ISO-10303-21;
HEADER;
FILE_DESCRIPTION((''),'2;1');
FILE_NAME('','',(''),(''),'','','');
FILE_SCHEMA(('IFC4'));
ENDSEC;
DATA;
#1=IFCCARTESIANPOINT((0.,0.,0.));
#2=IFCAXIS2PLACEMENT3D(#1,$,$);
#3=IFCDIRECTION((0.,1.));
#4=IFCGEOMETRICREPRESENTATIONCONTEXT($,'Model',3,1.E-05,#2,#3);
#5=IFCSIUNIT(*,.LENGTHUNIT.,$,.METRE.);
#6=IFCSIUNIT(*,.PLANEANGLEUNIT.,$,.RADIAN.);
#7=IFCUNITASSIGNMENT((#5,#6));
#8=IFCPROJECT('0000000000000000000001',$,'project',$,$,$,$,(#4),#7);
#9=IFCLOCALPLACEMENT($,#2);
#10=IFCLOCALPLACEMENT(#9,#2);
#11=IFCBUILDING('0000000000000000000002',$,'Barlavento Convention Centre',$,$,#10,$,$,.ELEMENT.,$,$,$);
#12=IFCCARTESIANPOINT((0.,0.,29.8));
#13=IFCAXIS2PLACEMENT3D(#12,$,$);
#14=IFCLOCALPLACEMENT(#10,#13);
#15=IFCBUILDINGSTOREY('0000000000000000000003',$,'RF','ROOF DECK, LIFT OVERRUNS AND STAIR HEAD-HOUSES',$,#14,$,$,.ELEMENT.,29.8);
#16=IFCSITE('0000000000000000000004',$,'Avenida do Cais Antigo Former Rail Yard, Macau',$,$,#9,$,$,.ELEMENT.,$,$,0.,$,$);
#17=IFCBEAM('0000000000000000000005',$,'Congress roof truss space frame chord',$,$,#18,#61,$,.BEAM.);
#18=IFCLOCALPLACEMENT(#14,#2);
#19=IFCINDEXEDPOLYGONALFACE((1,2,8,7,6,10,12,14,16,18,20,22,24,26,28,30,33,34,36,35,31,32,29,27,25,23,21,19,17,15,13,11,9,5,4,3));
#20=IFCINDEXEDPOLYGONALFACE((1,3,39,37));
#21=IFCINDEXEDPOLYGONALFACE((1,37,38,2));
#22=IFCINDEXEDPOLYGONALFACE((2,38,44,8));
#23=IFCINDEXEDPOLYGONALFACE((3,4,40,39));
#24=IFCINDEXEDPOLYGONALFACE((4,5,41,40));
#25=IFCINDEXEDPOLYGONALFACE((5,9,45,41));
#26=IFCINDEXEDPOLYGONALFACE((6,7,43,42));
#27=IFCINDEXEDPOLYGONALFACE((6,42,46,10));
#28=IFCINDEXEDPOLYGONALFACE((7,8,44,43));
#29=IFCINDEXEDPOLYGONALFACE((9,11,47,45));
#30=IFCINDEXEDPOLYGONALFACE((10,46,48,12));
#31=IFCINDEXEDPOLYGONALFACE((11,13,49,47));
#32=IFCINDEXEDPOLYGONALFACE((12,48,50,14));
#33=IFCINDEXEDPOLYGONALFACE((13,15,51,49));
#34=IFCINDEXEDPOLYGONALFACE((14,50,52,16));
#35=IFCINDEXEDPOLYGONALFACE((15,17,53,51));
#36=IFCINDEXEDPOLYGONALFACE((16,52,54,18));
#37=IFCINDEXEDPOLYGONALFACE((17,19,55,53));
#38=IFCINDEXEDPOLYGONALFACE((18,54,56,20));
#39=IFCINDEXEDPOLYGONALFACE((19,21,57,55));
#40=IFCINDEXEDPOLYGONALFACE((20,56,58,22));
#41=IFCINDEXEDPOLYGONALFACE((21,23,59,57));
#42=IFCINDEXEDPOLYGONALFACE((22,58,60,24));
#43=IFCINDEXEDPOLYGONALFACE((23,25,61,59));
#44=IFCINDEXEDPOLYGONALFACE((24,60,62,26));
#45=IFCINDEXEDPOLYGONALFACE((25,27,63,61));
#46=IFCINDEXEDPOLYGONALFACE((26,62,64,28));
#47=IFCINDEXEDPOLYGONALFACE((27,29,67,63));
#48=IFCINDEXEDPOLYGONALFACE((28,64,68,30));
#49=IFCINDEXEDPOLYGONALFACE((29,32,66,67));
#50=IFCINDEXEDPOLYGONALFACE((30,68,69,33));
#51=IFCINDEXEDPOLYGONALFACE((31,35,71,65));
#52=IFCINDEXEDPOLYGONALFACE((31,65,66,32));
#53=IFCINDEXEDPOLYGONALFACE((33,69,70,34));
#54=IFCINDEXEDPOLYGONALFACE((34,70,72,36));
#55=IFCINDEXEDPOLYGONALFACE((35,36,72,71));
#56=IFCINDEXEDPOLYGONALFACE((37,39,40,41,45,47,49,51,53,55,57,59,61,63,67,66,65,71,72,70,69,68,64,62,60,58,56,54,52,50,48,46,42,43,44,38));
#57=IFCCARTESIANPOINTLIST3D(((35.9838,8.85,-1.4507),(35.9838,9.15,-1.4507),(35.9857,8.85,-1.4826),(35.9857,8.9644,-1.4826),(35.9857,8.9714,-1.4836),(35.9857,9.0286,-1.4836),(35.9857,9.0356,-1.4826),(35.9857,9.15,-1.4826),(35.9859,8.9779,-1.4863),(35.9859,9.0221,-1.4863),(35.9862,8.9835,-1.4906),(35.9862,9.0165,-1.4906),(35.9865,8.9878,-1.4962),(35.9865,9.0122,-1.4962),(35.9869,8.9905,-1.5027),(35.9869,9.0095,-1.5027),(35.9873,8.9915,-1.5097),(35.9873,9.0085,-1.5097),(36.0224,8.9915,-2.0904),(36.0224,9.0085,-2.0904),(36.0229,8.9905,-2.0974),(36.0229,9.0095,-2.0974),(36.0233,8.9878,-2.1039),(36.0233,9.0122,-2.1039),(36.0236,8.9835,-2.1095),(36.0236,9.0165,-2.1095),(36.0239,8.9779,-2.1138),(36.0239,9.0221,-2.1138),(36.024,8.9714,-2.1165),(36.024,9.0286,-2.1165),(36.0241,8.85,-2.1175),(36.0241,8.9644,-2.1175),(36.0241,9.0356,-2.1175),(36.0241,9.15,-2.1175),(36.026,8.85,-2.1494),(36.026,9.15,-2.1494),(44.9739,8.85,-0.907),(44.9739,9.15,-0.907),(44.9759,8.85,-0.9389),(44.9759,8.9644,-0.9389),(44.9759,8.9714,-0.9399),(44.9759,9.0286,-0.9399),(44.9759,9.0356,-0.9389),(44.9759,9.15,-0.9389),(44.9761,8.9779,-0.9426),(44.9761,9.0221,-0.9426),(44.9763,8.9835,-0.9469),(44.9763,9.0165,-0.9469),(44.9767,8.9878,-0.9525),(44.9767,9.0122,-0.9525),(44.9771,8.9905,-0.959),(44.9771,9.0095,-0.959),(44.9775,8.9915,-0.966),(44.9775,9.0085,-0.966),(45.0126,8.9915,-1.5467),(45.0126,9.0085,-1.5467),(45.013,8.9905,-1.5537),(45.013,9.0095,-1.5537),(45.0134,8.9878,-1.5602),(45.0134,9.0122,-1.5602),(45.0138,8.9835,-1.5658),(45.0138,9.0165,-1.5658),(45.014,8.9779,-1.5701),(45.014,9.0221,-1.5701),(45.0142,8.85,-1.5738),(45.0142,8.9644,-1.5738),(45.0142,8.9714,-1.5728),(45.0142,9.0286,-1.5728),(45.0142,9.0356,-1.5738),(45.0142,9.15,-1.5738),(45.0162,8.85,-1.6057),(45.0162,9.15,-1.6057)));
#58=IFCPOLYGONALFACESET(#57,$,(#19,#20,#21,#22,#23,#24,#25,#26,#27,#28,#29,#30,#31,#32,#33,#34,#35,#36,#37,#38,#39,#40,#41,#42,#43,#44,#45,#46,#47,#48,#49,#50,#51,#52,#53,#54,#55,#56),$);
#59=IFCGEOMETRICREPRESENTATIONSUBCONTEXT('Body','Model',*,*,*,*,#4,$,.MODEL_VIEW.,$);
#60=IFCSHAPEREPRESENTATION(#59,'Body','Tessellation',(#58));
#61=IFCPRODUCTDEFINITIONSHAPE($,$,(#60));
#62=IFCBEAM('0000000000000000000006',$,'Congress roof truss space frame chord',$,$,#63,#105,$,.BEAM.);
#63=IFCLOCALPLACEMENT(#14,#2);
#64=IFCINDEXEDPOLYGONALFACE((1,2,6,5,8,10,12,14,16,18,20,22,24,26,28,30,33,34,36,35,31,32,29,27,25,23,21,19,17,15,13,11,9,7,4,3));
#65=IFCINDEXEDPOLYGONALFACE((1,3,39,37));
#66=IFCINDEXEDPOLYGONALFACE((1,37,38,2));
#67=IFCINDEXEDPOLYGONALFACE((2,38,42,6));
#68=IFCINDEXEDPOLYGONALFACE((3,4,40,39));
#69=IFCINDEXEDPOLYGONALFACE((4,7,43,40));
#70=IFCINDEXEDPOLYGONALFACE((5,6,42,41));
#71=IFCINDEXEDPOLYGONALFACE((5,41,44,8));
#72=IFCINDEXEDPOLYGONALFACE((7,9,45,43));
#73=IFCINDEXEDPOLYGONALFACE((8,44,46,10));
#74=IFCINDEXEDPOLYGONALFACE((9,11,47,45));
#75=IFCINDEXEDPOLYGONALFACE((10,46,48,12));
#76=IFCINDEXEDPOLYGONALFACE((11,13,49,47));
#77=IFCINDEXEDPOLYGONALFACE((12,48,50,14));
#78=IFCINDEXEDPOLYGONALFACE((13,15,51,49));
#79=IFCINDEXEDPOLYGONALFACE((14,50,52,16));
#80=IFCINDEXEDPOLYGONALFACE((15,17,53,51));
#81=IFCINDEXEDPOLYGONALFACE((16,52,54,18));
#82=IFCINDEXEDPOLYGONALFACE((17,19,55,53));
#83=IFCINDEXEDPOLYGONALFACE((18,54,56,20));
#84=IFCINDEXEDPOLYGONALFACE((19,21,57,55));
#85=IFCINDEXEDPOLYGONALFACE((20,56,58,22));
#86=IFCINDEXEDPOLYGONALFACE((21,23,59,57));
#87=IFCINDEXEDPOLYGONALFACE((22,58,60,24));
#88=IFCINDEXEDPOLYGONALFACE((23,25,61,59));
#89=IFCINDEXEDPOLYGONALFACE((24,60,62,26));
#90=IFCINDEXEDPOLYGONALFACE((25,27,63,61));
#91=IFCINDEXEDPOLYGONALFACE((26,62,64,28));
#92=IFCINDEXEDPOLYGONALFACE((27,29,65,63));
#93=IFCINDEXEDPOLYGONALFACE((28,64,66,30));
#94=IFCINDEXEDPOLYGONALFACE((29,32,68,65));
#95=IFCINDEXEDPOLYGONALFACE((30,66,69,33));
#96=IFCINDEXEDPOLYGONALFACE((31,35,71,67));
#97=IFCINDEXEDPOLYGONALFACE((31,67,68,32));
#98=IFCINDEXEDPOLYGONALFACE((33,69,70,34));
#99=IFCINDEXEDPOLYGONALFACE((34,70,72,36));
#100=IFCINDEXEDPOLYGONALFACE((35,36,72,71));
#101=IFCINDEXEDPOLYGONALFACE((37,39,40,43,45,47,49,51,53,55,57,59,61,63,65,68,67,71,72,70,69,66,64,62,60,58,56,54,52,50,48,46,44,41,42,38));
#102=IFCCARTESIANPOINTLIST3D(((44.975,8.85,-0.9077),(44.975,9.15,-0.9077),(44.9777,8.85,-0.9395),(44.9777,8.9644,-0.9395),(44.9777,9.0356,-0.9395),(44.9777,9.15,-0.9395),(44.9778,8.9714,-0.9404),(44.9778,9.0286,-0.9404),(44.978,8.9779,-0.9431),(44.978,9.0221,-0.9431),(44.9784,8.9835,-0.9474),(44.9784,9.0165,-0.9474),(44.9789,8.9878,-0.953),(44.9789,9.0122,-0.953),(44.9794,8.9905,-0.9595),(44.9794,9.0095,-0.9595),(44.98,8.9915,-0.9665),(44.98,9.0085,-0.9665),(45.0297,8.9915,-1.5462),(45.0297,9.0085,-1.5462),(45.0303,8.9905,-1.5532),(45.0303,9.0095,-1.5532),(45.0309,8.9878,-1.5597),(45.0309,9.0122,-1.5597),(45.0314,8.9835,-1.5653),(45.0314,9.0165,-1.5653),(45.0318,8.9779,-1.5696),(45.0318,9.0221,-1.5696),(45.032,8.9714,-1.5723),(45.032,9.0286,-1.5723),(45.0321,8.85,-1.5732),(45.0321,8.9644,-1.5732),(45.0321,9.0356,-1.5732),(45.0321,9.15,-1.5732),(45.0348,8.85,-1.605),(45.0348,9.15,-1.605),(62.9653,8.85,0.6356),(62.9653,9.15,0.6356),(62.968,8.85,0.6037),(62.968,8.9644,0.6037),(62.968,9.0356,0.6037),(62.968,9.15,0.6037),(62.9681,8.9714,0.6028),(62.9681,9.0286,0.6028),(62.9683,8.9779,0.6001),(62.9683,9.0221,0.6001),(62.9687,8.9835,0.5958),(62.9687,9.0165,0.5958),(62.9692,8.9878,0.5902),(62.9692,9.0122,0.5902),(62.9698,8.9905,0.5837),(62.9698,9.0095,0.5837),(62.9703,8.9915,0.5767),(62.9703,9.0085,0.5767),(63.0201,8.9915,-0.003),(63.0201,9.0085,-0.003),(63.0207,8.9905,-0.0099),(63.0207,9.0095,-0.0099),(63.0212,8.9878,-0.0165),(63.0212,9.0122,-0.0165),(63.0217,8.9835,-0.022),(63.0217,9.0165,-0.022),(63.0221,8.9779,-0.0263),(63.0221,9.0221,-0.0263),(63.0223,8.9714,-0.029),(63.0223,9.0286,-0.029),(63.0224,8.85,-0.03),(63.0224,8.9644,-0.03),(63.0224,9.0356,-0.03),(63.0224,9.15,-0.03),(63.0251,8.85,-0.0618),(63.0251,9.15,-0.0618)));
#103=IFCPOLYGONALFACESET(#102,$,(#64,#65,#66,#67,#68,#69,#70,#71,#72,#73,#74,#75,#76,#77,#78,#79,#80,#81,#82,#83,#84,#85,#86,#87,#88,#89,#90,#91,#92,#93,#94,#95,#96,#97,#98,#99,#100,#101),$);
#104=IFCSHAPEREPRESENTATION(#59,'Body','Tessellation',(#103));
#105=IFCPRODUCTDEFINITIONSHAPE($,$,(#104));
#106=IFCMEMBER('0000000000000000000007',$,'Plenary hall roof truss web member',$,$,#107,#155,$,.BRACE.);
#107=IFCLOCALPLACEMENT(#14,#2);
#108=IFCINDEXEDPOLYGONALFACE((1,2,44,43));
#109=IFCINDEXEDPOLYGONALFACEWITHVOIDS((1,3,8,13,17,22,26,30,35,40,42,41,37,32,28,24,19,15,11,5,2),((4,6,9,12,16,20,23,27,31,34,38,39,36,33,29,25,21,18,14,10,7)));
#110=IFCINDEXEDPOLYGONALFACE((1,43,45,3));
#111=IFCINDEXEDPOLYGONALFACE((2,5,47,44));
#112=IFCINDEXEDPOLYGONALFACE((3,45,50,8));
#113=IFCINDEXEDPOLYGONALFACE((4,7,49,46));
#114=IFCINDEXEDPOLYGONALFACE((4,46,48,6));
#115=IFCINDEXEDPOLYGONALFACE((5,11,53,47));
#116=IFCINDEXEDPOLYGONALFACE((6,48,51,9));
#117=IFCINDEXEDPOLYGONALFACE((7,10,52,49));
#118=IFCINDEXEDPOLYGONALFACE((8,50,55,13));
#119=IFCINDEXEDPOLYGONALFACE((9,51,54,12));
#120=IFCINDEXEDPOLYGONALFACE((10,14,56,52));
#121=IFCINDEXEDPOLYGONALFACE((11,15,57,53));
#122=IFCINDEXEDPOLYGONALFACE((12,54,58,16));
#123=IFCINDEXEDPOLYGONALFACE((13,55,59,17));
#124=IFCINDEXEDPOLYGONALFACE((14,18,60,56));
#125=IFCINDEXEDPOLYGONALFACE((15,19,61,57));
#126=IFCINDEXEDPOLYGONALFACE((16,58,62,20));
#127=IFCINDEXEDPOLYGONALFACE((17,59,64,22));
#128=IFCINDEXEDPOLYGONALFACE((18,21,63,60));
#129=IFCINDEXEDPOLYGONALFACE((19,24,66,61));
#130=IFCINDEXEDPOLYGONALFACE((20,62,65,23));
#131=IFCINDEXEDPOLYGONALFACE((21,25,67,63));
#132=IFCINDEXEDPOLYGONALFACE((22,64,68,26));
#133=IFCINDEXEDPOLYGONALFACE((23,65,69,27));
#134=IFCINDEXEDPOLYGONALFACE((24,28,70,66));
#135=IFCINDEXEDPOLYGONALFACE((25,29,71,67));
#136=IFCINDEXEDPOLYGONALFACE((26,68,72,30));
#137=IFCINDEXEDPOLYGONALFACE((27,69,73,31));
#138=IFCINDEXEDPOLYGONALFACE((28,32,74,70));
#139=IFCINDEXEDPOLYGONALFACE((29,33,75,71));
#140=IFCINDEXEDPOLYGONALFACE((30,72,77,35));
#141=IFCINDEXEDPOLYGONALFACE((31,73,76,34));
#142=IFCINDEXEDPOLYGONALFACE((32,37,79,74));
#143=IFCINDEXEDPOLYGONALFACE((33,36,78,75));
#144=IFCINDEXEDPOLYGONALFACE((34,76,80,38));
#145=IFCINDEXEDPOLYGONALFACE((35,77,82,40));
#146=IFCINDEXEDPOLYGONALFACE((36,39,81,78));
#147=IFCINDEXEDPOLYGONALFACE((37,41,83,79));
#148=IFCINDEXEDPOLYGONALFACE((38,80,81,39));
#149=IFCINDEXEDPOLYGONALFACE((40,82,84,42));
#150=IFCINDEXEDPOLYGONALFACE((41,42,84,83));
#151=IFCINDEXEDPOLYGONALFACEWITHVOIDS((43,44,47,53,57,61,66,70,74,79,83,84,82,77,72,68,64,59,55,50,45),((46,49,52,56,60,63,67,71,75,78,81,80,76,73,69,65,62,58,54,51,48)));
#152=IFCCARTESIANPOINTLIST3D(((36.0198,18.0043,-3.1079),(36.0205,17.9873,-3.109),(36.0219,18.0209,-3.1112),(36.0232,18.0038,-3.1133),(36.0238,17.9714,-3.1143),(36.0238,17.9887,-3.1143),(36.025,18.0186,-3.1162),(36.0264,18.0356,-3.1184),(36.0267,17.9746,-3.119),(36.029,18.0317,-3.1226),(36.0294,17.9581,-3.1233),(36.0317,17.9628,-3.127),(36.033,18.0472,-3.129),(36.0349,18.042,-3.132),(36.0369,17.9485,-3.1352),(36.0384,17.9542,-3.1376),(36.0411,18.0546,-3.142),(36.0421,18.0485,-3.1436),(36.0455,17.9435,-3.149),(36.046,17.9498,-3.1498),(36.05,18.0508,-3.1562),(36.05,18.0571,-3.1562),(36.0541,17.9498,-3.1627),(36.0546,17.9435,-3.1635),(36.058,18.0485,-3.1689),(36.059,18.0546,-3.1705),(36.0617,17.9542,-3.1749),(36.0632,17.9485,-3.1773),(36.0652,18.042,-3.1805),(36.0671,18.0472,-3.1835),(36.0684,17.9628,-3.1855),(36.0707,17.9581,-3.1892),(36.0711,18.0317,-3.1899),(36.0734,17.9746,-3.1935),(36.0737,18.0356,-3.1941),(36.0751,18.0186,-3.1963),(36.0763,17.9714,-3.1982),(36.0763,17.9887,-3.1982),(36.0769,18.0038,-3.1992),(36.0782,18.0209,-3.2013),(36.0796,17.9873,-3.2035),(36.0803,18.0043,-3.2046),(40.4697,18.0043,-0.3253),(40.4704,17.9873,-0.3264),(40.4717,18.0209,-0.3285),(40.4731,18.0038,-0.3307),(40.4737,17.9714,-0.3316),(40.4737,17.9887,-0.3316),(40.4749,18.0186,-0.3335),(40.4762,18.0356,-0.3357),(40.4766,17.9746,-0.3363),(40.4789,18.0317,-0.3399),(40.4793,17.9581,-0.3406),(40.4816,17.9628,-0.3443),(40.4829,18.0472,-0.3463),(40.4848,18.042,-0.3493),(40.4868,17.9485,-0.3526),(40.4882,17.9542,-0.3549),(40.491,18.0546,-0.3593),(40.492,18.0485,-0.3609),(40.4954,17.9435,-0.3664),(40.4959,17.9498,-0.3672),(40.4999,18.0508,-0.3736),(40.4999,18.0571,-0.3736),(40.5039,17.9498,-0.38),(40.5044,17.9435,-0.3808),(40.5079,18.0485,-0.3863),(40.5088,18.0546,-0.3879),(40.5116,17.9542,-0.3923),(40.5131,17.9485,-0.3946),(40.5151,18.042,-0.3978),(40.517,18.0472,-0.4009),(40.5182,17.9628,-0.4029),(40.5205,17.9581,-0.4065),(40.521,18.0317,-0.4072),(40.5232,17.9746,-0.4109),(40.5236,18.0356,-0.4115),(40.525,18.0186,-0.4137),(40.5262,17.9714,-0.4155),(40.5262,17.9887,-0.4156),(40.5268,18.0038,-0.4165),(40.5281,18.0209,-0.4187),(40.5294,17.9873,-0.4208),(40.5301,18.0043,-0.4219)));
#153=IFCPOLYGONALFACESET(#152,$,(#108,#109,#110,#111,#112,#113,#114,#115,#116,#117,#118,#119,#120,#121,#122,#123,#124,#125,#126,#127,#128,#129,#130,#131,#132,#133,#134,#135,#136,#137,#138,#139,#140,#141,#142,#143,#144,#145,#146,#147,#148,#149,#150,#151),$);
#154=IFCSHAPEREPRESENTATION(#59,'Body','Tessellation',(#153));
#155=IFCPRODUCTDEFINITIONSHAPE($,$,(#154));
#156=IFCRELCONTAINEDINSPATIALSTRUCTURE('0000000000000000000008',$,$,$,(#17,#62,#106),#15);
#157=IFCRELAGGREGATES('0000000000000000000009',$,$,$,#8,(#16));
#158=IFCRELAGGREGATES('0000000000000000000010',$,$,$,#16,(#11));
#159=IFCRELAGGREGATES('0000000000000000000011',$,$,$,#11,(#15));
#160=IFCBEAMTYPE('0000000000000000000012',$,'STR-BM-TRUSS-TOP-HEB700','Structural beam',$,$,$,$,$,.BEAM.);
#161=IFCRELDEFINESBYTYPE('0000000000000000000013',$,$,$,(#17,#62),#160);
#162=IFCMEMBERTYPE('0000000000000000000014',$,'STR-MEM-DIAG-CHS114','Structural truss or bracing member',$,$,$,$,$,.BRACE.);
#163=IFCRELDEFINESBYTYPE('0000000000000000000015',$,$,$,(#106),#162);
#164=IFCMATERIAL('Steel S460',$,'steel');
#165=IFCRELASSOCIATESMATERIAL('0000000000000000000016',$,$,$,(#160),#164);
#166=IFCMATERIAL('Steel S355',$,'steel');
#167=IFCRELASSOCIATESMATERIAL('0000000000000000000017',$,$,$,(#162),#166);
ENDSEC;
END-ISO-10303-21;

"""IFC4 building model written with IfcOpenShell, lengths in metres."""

from ifc_helpers import new_model, si_unit, direction, frame, origin, origin_2d, place, context, subcontext, project, spatial, hollow_circle, i_section, extrude, material, material_profile, profile_set, type_object, element, save


model = new_model("IFC4")

# Units and contexts
model_context = context("Model", 3, precision=1e-05, world=origin(), true_north=direction((0.0, 1.0)))
body_context = subcontext(model_context, "Body", "Model", "MODEL_VIEW")
ifc_project = project(units=[si_unit("LENGTHUNIT", "METRE"), si_unit("PLANEANGLEUNIT", "RADIAN")], contexts=[model_context])

# Site, building, storey
site_placement = place(None, origin())
site = spatial("IfcSite", under=ifc_project, at=site_placement, Name="Avenida do Cais Antigo Former Rail Yard, Macau", CompositionType="ELEMENT", RefElevation=0.0)
building_placement = place(site_placement, origin())
building = spatial("IfcBuilding", under=site, at=building_placement, Name="Barlavento Convention Centre", CompositionType="ELEMENT")
storey_placement = place(building_placement, frame((0.0, 0.0, 29.8)))
storey = spatial("IfcBuildingStorey", under=building, at=storey_placement, Name="RF", Description="ROOF DECK, LIFT OVERRUNS AND STAIR HEAD-HOUSES", CompositionType="ELEMENT", Elevation=29.8)

# Beams
ifc_material_1 = material(Name="Steel S460", Category="steel")
ifc_material_profile_1 = material_profile(ifc_material_1, i_section(OverallWidth=0.3, OverallDepth=0.7, WebThickness=0.0171, FlangeThickness=0.032, FilletRadius=0.0271, at=origin_2d()), Name="HEB 700")
ifc_profile_set_1 = profile_set([ifc_material_profile_1], Name="Steel S460")
beam_type = type_object("IfcBeamType", Name="STR-BM-TRUSS-TOP-HEB700", Description="Structural beam", PredefinedType="BEAM", material=ifc_profile_set_1)
beam_1_placement = place(storey_placement, frame((36.0049, 9.0, -1.8), z_axis=(0.998176, 0.0, 0.060367), x_axis=(0.0, 1.0, 0.0)))
element("IfcBeam", 1, at=beam_1_placement, inside=storey, type_object=beam_type, Name="Congress roof truss space frame chord", PredefinedType="BEAM", context=body_context, shape_type="SweptSolid", body=[
    extrude(i_section(OverallWidth=0.3, OverallDepth=0.7, WebThickness=0.0171, FlangeThickness=0.032, FilletRadius=0.0271, at=origin_2d()), origin(), (0.0, 0.0, 1.0), 9.0066),
])
beam_2_placement = place(storey_placement, frame((45.0049, 9.0, -1.2563), z_axis=(0.996341, 0.0, 0.085467), x_axis=(0.0, 1.0, 0.0)))
element("IfcBeam", 2, at=beam_2_placement, inside=storey, type_object=beam_type, Name="Congress roof truss space frame chord", PredefinedType="BEAM", context=body_context, shape_type="SweptSolid", body=[
    extrude(i_section(OverallWidth=0.3, OverallDepth=0.7, WebThickness=0.0171, FlangeThickness=0.032, FilletRadius=0.0271, at=origin_2d()), origin(), (0.0, 0.0, 1.0), 18.0564),
])

# Member
ifc_material_2 = material(Name="Steel S355", Category="steel")
ifc_material_profile_2 = material_profile(ifc_material_2, hollow_circle(Radius=0.0571, WallThickness=0.0063, at=origin_2d()), Name="CHS 114.3x6.3")
ifc_profile_set_2 = profile_set([ifc_material_profile_2], Name="Steel S355")
member_type_1 = type_object("IfcMemberType", Name="STR-MEM-DIAG-CHS114", Description="Structural truss or bracing member", PredefinedType="BRACE", material=ifc_profile_set_2)
member_1_placement = place(storey_placement, frame((36.05, 18.0, -3.1562), z_axis=(0.84787, 0.0, 0.530204), x_axis=(0.0, 1.0, 0.0)))
element("IfcMember", 3, at=member_1_placement, inside=storey, type_object=member_type_1, Name="Plenary hall roof truss web member", PredefinedType="BRACE", context=body_context, shape_type="SweptSolid", body=[
    extrude(hollow_circle(Radius=0.0571, WallThickness=0.0063, at=origin_2d()), origin(), (0.0, 0.0, 1.0), 5.2483),
])

save(model, "model.ifc")
